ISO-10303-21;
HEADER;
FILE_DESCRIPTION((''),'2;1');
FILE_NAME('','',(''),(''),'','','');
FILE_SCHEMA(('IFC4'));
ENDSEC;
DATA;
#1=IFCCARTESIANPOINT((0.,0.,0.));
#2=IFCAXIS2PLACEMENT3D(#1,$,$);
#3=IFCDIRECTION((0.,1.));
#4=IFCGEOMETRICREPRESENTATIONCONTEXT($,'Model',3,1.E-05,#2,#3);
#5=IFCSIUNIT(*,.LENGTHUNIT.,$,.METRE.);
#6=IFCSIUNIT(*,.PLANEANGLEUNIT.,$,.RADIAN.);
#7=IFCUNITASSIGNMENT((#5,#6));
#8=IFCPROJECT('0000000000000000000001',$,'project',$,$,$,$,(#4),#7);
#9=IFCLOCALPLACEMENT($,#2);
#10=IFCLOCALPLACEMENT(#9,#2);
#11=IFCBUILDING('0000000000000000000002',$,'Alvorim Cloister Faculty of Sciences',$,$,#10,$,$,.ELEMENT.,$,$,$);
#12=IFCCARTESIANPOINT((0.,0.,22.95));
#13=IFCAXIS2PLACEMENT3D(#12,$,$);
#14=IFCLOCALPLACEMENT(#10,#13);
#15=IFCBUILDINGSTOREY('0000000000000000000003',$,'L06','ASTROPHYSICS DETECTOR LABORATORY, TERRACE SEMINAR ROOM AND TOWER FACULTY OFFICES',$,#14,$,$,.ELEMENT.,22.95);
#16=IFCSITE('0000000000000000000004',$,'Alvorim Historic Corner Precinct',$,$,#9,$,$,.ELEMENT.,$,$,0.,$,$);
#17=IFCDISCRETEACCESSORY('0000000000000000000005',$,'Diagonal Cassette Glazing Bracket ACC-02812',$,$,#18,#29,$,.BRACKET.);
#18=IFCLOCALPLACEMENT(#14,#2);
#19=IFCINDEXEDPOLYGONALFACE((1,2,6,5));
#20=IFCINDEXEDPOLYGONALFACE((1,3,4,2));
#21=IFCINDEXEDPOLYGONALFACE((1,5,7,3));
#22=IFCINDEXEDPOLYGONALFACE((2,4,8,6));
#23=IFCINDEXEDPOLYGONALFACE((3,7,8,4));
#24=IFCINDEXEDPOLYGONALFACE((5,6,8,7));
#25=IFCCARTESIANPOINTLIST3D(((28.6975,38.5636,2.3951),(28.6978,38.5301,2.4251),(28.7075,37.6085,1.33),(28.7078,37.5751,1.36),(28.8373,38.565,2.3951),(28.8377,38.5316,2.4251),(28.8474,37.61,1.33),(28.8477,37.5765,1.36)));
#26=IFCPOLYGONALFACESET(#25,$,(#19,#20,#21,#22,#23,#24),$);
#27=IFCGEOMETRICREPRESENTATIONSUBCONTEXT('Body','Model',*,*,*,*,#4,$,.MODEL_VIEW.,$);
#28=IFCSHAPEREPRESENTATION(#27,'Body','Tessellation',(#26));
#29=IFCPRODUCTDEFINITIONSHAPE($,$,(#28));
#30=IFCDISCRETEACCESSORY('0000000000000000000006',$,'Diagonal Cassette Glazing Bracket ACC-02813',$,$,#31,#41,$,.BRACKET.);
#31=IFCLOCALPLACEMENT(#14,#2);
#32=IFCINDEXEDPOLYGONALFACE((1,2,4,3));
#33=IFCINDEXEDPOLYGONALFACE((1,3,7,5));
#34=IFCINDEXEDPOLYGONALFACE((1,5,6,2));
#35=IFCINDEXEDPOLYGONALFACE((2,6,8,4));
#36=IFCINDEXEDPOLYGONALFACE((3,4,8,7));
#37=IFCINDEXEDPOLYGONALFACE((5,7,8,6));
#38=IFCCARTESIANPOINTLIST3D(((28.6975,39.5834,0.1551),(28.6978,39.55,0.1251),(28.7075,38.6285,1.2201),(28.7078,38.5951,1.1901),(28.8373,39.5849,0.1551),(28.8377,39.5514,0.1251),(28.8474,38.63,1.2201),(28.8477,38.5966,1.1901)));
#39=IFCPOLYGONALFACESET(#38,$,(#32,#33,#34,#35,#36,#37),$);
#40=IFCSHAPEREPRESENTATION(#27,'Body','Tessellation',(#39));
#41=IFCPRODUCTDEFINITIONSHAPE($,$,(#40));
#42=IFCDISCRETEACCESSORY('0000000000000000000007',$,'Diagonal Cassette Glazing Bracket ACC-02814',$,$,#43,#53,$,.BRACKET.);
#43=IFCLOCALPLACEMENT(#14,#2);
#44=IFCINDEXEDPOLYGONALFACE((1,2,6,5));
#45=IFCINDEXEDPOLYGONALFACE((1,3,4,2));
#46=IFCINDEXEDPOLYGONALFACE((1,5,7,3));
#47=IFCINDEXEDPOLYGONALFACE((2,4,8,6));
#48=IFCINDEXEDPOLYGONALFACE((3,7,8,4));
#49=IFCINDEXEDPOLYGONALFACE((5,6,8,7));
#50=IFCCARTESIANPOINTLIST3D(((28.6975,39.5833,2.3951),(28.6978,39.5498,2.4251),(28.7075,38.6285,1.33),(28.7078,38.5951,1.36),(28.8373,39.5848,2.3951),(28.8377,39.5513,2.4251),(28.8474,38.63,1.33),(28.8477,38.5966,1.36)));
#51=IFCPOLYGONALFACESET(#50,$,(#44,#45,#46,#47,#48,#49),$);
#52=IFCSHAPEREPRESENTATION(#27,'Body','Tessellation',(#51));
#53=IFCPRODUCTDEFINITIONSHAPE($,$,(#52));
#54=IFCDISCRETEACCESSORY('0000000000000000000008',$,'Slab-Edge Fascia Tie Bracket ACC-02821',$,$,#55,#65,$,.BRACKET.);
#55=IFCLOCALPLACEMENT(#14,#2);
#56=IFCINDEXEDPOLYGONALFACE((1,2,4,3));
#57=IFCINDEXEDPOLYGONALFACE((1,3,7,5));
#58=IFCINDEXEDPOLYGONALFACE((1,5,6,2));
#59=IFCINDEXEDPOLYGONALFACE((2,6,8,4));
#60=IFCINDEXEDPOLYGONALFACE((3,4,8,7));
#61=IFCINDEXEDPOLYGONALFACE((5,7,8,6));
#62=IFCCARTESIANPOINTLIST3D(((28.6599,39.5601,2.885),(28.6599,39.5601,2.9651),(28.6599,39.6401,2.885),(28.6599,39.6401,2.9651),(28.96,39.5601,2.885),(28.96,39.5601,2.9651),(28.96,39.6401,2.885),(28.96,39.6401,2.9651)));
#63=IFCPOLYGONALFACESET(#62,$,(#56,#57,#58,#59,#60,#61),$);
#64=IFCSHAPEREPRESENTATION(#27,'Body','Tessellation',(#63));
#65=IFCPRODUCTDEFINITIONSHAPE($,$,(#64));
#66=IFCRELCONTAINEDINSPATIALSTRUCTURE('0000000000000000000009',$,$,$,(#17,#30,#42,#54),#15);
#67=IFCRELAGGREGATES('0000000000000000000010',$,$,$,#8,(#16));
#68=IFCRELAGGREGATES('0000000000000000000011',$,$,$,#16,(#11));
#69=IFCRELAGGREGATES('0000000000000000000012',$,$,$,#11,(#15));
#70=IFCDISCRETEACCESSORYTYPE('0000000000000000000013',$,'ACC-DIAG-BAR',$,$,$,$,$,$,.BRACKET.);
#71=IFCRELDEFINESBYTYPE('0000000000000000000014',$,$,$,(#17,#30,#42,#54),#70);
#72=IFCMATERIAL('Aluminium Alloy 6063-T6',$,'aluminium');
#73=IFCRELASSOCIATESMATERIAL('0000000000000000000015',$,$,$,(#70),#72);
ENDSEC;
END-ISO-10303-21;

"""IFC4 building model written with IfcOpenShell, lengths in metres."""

from ifc_helpers import new_model, si_unit, direction, frame, origin, origin_2d, place, context, subcontext, project, spatial, rectangle, extrude, material, type_object, element, save


model = new_model("IFC4")

# Units and contexts
model_context = context("Model", 3, precision=1e-05, world=origin(), true_north=direction((0.0, 1.0)))
body_context = subcontext(model_context, "Body", "Model", "MODEL_VIEW")
ifc_project = project(units=[si_unit("LENGTHUNIT", "METRE"), si_unit("PLANEANGLEUNIT", "RADIAN")], contexts=[model_context])

# Site, building, storey
site_placement = place(None, origin())
site = spatial("IfcSite", under=ifc_project, at=site_placement, Name="Alvorim Historic Corner Precinct", CompositionType="ELEMENT", RefElevation=0.0)
building_placement = place(site_placement, origin())
building = spatial("IfcBuilding", under=site, at=building_placement, Name="Alvorim Cloister Faculty of Sciences", CompositionType="ELEMENT")
storey_placement = place(building_placement, frame((0.0, 0.0, 22.95)))
storey = spatial("IfcBuildingStorey", under=building, at=storey_placement, Name="L06", Description="ASTROPHYSICS DETECTOR LABORATORY, TERRACE SEMINAR ROOM AND TOWER FACULTY OFFICES", CompositionType="ELEMENT", Elevation=22.95)

# Shared definitions
ifc_material_1 = material(Name="Aluminium Alloy 6063-T6", Category="aluminium")

# Discrete accessories
discrete_accessory_type = type_object("IfcDiscreteAccessoryType", Name="ACC-DIAG-BAR", PredefinedType="BRACKET", material=ifc_material_1)
discrete_accessory_1_placement = place(storey_placement, frame((28.7776, 37.5925, 1.345), z_axis=(-0.006996, 0.667561, 0.744522), x_axis=(-0.999945, -0.01048, 0.0)))
element("IfcDiscreteAccessory", 1, at=discrete_accessory_1_placement, inside=storey, type_object=discrete_accessory_type, Name="Diagonal Cassette Glazing Bracket ACC-02812", PredefinedType="BRACKET", context=body_context, shape_type="SweptSolid", body=[
    extrude(rectangle(XDim=0.1399, YDim=0.0449, at=origin_2d()), origin(), (0.0, 0.0, 1.0), 1.4307),
])
for number, where, z_axis, x_axis, name in (
    (2, (28.7776, 38.6125, 1.2051), (-0.006998, 0.667552, -0.744531), (-0.999945, -0.010483, 0.0), "Diagonal Cassette Glazing Bracket ACC-02813"),
    (3, (28.7776, 38.6125, 1.345), (-0.006997, 0.667467, 0.744607), (-0.999945, -0.010483, 0.0), "Diagonal Cassette Glazing Bracket ACC-02814"),
):
    element("IfcDiscreteAccessory", number, at=place(storey_placement, frame(where, z_axis=z_axis, x_axis=x_axis)), inside=storey, type_object=discrete_accessory_type, Name=name, PredefinedType="BRACKET", context=body_context, shape_type="SweptSolid", body=[
        extrude(rectangle(XDim=0.1399, YDim=0.0449, at=origin_2d()), origin(), (0.0, 0.0, 1.0), 1.4304),
    ])
discrete_accessory_2_placement = place(storey_placement, frame((28.6599, 39.6001, 2.925), z_axis=(1.0, 0.0, 0.0), x_axis=(0.0, 1.0, 0.0)))
element("IfcDiscreteAccessory", 4, at=discrete_accessory_2_placement, inside=storey, type_object=discrete_accessory_type, Name="Slab-Edge Fascia Tie Bracket ACC-02821", PredefinedType="BRACKET", context=body_context, shape_type="SweptSolid", body=[
    extrude(rectangle(XDim=0.0801, YDim=0.0801, at=origin_2d()), origin(), (0.0, 0.0, 1.0), 0.3),
])

save(model, "model.ifc")
